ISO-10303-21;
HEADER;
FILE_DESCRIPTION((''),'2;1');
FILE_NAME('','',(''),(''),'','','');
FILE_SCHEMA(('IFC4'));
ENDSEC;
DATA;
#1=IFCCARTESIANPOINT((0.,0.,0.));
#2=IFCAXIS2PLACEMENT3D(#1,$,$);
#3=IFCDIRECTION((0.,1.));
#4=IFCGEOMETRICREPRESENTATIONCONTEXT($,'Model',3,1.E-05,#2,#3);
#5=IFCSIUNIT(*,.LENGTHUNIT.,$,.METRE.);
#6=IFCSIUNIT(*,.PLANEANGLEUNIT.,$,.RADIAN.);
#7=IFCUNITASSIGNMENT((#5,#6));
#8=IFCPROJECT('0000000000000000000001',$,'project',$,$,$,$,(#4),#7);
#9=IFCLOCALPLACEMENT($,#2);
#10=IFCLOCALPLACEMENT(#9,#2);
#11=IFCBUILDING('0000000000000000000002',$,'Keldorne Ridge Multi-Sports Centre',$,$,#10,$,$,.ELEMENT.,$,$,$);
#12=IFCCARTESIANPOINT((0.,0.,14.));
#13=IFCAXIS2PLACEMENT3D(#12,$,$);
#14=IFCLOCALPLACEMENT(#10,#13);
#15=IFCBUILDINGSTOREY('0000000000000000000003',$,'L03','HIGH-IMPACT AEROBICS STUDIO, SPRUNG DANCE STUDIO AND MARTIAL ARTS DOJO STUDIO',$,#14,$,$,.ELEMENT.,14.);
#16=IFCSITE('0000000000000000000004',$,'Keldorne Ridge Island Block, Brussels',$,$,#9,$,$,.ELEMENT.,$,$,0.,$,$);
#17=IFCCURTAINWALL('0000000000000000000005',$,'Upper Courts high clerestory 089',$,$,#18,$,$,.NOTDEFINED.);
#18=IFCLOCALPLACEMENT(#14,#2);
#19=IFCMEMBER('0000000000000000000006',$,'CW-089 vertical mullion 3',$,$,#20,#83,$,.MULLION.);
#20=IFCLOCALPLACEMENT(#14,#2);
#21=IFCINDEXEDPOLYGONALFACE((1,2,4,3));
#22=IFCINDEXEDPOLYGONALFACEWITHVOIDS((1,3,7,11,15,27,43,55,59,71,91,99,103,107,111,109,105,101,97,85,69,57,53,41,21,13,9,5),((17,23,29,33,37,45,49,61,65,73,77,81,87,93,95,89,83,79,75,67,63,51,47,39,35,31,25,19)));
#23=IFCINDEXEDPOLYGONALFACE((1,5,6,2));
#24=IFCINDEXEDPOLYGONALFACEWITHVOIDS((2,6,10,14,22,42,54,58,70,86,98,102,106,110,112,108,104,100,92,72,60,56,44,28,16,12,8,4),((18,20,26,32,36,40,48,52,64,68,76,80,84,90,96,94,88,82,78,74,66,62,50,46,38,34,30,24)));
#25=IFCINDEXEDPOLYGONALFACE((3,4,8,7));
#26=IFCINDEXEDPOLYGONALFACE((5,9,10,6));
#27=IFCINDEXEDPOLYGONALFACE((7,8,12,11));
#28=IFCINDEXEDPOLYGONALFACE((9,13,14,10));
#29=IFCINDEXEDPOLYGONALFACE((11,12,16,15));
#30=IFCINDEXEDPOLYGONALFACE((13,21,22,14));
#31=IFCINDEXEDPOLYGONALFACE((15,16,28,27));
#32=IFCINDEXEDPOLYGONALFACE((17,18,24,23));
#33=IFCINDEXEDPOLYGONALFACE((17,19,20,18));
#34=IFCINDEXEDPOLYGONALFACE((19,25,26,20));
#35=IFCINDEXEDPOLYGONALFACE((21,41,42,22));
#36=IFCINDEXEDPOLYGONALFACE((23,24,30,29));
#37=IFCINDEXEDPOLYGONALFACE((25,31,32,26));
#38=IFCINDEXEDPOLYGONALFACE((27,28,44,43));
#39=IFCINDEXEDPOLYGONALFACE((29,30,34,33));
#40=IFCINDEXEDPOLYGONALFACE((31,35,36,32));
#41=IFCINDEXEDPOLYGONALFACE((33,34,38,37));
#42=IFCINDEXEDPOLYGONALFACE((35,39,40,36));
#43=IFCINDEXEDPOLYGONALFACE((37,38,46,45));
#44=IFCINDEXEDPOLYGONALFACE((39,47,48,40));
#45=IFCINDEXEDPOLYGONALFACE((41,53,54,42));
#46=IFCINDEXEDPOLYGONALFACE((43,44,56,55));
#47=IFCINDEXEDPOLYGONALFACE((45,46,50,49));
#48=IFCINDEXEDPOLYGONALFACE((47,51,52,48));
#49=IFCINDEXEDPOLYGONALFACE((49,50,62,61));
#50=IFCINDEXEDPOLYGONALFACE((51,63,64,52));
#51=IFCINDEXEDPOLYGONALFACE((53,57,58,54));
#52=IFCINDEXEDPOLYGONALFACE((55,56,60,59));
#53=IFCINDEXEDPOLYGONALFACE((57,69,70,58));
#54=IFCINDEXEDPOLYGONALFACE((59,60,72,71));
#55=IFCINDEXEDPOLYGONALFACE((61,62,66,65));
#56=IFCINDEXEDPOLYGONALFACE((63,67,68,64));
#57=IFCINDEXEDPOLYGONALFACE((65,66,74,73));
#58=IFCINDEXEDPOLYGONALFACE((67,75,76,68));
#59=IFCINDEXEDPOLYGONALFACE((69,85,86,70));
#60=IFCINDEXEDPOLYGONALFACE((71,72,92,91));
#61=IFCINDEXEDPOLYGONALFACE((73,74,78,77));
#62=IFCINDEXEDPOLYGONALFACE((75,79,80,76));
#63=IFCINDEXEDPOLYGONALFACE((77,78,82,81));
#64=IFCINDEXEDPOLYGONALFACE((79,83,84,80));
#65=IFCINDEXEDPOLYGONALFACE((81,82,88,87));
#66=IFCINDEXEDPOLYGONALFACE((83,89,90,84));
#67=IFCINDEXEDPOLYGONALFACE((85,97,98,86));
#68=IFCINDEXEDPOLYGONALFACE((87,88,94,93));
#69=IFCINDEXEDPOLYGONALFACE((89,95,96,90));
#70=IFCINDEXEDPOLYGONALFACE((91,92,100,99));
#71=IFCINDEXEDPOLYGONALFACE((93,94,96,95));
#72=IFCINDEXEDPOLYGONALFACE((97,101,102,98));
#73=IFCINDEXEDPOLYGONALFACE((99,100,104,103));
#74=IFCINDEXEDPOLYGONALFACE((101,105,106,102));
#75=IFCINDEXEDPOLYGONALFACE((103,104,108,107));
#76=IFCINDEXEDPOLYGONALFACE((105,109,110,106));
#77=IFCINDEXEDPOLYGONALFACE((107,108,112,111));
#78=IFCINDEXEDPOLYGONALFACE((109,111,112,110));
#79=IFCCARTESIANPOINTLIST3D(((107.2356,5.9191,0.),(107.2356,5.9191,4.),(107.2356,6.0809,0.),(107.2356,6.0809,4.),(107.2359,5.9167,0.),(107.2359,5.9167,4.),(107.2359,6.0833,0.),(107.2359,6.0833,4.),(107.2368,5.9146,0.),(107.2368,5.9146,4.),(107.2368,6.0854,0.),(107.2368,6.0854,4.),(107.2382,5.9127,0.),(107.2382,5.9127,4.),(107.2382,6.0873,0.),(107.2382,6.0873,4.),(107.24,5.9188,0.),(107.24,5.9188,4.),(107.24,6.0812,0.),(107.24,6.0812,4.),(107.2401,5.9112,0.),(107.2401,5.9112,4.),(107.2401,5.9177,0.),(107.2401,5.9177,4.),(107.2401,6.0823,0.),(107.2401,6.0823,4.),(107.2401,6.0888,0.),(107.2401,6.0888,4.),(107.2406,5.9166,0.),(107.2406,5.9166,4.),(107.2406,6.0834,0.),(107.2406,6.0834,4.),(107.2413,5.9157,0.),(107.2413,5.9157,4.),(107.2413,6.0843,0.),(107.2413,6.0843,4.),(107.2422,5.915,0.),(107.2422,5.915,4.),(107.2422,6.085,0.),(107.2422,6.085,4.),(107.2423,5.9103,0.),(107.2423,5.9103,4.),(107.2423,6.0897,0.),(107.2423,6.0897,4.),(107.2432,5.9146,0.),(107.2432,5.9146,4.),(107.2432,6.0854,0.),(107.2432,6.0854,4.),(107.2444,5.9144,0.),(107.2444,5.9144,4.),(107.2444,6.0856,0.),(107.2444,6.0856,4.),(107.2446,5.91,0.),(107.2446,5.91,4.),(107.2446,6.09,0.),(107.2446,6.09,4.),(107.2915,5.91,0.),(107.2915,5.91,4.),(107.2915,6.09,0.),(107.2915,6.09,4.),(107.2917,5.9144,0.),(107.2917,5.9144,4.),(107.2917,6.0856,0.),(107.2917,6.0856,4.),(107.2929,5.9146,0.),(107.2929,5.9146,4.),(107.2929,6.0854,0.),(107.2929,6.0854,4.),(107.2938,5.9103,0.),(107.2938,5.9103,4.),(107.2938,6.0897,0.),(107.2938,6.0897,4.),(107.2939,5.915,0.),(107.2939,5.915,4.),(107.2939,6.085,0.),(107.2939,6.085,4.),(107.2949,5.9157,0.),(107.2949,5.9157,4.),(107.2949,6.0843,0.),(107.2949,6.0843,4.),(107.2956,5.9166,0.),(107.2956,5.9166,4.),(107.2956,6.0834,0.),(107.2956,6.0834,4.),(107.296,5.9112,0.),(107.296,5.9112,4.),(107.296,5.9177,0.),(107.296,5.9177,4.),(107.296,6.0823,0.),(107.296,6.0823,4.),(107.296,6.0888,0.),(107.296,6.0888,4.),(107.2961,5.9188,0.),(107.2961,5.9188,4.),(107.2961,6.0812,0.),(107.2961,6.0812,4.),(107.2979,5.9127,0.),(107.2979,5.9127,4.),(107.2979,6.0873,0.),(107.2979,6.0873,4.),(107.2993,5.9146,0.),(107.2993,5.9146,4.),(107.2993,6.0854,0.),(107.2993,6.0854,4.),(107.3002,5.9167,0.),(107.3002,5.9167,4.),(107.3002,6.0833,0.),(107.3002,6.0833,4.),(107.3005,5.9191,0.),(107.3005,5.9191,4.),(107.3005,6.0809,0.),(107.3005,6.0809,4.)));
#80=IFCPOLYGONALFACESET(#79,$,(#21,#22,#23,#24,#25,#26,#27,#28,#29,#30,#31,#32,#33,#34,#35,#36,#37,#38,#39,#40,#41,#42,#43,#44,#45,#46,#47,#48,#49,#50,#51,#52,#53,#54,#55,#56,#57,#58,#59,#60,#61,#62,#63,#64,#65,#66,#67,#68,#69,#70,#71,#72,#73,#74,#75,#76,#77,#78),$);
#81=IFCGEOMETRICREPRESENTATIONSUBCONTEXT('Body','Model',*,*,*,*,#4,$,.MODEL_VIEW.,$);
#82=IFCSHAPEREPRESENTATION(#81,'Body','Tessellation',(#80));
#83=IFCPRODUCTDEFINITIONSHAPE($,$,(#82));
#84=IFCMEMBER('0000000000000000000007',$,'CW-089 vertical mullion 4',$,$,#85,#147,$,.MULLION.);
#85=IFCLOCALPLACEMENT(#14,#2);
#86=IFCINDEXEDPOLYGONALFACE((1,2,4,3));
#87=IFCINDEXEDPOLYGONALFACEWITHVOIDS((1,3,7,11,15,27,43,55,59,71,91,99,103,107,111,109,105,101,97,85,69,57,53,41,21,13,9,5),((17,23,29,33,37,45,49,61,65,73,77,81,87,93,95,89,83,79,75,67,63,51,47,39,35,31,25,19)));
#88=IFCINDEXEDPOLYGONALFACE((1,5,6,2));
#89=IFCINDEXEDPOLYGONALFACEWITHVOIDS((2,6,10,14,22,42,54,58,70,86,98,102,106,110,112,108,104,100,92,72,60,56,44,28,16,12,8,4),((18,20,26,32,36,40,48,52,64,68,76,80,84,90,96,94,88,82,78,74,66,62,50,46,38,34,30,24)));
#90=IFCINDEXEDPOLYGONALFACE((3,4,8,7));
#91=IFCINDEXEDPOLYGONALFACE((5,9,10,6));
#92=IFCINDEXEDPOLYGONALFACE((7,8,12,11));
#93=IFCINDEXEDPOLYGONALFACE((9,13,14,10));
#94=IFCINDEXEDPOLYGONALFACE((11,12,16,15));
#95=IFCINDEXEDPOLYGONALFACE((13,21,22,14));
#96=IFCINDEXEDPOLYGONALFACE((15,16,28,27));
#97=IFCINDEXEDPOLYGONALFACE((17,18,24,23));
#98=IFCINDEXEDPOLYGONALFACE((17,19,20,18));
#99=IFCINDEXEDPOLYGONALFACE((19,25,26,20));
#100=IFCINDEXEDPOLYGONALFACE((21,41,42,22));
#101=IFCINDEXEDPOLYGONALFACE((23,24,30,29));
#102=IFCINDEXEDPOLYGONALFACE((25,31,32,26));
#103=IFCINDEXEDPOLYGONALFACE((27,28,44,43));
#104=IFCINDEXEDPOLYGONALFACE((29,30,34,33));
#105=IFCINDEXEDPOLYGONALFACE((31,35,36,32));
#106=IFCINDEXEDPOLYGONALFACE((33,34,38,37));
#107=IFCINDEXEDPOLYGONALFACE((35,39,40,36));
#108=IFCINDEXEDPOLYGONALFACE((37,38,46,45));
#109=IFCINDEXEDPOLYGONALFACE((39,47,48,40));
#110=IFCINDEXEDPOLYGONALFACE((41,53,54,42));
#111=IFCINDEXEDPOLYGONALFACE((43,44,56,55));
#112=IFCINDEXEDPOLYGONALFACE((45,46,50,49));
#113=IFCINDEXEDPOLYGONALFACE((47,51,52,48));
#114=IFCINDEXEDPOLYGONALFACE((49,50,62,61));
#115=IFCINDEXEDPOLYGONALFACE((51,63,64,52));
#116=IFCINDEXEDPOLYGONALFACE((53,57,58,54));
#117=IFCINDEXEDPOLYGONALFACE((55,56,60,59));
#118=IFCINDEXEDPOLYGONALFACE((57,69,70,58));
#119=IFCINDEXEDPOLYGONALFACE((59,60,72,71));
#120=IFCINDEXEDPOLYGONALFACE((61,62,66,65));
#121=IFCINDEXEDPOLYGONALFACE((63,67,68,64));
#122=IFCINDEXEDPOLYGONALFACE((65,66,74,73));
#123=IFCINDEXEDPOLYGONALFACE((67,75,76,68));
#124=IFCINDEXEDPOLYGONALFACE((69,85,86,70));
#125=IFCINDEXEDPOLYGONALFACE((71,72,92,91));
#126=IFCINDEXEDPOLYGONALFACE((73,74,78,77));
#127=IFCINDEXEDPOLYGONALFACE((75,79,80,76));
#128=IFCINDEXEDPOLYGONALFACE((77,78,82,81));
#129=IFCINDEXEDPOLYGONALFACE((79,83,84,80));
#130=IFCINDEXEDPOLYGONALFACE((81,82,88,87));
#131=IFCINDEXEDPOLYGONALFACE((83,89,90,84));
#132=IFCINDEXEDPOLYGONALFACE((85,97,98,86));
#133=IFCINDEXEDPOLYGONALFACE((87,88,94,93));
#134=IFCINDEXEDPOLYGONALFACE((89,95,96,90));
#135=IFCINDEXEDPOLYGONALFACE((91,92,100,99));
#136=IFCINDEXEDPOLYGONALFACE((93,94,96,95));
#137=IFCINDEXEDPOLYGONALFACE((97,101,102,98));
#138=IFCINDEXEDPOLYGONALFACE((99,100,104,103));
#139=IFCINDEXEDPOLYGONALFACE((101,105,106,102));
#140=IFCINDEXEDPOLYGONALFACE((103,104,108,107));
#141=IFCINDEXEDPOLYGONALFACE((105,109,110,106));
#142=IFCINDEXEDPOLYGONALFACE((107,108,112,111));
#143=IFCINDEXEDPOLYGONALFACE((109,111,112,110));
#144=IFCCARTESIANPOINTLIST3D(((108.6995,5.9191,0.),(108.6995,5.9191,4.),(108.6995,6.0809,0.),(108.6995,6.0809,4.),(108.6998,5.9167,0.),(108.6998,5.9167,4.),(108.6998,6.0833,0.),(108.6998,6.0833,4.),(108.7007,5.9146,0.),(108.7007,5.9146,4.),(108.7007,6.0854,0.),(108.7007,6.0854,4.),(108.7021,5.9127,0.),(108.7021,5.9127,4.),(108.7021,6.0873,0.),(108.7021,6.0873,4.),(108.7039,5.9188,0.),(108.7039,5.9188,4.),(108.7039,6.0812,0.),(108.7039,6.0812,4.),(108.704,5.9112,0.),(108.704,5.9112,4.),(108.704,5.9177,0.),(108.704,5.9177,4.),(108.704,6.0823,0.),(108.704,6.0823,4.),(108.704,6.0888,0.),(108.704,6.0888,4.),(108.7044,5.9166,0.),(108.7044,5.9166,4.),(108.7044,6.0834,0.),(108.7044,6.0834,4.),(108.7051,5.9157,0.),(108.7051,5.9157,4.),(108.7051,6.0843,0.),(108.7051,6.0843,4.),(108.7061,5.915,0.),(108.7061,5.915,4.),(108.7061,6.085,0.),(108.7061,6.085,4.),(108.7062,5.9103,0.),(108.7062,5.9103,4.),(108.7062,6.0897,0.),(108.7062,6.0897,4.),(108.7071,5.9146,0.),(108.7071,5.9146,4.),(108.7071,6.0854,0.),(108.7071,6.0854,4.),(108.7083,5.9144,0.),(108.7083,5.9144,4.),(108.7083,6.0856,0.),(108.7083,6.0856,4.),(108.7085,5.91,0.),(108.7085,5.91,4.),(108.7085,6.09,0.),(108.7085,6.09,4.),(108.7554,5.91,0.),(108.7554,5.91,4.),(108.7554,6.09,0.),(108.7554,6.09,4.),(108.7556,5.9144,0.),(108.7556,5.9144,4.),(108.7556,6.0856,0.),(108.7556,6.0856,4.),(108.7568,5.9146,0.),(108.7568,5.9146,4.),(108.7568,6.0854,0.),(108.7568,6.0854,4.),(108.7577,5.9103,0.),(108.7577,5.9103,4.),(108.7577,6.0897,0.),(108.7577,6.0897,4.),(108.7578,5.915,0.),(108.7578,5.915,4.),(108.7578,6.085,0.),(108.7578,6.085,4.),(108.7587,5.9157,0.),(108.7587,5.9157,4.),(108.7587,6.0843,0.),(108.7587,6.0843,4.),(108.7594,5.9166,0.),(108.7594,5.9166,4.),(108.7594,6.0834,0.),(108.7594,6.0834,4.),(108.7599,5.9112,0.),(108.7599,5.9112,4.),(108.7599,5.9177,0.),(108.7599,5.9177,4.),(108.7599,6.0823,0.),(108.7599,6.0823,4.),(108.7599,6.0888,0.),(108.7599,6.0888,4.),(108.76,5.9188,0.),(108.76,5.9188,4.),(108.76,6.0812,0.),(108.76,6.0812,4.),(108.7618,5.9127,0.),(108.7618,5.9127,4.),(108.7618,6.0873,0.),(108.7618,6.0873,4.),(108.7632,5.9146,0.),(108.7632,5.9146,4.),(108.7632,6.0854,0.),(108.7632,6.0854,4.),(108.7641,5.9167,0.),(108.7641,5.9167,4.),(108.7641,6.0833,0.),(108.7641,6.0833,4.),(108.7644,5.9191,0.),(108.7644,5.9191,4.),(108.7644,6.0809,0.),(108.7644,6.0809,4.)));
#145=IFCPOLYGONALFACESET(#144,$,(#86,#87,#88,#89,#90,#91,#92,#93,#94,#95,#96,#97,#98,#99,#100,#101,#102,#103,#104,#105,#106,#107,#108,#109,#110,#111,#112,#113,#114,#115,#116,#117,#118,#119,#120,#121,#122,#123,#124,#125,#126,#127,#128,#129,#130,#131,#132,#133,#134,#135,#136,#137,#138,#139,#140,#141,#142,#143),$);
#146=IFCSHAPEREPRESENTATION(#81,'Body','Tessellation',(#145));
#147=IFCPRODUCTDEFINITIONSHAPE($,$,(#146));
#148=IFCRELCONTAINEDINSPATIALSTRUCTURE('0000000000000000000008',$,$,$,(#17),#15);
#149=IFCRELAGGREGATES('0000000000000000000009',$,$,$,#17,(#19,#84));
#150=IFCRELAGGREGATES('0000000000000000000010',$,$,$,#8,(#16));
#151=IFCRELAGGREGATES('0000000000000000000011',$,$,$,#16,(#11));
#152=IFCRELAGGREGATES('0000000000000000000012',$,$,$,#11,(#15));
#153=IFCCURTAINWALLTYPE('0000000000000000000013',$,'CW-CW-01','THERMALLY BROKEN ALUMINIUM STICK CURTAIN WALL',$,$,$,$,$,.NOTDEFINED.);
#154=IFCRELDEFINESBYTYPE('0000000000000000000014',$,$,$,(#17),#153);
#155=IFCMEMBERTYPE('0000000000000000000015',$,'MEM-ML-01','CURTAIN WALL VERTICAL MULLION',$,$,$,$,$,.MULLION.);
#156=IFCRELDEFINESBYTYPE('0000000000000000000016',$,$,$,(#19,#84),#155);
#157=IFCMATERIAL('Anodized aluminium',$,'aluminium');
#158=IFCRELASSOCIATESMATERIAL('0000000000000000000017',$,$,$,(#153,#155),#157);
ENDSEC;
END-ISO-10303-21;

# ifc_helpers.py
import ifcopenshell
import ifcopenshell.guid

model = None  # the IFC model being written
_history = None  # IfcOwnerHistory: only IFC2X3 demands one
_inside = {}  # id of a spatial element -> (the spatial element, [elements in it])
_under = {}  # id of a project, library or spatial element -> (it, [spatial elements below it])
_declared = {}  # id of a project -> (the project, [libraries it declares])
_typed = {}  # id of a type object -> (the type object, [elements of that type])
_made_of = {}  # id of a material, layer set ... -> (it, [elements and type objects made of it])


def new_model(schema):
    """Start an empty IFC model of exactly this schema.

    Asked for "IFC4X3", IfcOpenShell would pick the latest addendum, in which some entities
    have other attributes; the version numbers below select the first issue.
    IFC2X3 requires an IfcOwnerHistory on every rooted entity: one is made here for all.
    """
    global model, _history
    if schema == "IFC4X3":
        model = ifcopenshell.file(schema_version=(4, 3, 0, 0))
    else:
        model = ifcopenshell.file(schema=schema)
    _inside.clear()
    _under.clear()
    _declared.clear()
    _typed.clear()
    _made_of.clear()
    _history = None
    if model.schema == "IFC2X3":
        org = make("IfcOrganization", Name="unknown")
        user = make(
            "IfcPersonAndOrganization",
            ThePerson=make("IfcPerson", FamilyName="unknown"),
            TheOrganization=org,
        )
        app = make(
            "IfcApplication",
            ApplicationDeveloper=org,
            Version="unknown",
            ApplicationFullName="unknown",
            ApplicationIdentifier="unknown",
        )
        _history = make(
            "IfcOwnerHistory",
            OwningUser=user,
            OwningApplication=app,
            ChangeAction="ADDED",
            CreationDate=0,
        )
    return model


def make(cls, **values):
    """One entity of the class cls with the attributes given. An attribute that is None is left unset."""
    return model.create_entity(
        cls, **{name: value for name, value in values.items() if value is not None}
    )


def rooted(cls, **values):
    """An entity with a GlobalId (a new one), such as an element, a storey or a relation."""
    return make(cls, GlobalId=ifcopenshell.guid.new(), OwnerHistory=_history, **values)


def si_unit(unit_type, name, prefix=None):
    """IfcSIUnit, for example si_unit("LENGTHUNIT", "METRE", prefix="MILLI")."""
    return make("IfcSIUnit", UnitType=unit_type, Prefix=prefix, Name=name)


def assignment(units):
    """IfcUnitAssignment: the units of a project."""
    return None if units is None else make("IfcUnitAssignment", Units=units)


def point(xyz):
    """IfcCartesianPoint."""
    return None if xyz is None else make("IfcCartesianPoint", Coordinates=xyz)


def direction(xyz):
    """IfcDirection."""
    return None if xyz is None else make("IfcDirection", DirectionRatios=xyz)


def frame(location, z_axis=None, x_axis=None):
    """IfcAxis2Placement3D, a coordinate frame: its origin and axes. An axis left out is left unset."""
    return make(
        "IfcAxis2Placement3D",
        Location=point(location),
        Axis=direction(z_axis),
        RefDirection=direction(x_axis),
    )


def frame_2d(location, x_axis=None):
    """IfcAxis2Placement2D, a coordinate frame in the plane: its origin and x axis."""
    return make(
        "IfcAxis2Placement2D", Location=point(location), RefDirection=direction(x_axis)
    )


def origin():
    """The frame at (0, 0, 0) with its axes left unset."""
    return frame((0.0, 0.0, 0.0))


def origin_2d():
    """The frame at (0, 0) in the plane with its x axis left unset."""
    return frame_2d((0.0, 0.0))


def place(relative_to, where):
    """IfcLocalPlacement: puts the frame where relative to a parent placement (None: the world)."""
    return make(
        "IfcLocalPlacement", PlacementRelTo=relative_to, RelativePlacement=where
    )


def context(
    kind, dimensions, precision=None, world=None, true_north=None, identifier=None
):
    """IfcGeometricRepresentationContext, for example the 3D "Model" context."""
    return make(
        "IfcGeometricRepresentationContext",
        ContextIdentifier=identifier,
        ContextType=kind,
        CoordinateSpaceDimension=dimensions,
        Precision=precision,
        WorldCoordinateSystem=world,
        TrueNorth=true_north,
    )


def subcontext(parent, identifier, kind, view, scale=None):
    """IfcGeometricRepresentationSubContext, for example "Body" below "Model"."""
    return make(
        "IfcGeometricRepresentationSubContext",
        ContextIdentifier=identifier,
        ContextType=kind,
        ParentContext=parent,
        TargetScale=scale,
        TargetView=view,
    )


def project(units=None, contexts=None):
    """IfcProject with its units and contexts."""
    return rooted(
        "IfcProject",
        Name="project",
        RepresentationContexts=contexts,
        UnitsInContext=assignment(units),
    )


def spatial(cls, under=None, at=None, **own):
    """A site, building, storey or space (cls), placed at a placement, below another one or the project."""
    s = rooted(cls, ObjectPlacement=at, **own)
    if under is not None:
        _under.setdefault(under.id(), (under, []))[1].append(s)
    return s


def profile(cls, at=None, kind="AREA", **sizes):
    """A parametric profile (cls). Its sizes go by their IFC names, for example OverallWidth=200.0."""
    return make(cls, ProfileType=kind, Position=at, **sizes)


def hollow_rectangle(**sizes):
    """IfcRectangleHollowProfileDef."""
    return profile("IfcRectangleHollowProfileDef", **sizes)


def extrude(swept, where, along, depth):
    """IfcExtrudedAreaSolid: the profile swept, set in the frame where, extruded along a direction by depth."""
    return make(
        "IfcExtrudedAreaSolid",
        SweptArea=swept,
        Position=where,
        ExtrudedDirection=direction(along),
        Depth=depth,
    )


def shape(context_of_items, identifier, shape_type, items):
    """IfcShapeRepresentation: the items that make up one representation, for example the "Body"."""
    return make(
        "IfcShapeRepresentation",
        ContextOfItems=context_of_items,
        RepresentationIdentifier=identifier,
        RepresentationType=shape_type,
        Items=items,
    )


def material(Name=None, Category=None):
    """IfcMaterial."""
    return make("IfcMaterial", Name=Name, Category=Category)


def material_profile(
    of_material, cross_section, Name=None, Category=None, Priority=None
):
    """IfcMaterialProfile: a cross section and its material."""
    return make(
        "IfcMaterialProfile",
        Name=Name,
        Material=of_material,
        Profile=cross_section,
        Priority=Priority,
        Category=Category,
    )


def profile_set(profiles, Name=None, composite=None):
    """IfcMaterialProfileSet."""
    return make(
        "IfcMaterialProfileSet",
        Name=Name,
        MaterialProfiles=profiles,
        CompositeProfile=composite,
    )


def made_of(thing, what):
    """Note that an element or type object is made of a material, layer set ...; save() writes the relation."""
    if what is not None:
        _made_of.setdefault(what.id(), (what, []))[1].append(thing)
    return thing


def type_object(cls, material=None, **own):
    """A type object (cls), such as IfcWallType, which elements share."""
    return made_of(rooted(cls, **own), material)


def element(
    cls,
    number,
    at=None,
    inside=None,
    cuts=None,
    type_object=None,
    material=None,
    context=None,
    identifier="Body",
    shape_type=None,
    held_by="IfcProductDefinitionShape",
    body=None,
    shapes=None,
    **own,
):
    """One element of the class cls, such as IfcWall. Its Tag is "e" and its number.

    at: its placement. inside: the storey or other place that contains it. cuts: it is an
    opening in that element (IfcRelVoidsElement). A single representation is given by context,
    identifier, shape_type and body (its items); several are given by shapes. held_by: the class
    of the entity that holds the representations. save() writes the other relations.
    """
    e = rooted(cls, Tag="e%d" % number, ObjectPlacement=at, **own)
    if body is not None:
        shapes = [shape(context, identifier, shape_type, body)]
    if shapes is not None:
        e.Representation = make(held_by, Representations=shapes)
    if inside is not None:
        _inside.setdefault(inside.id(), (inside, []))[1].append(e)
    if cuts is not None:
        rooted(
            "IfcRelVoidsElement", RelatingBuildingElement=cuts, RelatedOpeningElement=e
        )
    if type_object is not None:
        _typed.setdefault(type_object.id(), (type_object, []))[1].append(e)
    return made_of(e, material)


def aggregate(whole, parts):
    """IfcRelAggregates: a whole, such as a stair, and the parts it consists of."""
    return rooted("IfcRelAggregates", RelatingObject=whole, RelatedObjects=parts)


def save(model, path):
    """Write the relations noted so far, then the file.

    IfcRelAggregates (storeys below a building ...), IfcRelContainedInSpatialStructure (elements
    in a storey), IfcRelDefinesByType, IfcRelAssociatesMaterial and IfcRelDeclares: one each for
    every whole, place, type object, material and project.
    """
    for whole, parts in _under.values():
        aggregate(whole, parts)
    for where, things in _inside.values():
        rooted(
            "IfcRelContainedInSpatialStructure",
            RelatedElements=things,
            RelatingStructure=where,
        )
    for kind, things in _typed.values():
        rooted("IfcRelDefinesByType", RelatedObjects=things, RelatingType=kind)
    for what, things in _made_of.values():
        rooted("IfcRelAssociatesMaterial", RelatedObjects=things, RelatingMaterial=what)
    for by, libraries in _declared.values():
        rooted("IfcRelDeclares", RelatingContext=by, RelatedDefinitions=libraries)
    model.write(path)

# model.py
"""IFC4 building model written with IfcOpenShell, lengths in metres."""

from ifc_helpers import new_model, si_unit, direction, frame, origin, origin_2d, place, context, subcontext, project, spatial, hollow_rectangle, extrude, material, material_profile, profile_set, type_object, element, aggregate, save


model = new_model("IFC4")

# Units and contexts
model_context = context("Model", 3, precision=1e-05, world=origin(), true_north=direction((0.0, 1.0)))
body_context = subcontext(model_context, "Body", "Model", "MODEL_VIEW")
ifc_project = project(units=[si_unit("LENGTHUNIT", "METRE"), si_unit("PLANEANGLEUNIT", "RADIAN")], contexts=[model_context])

# Site, building, storey
site_placement = place(None, origin())
site = spatial("IfcSite", under=ifc_project, at=site_placement, Name="Keldorne Ridge Island Block, Brussels", CompositionType="ELEMENT", RefElevation=0.0)
building_placement = place(site_placement, origin())
building = spatial("IfcBuilding", under=site, at=building_placement, Name="Keldorne Ridge Multi-Sports Centre", CompositionType="ELEMENT")
storey_placement = place(building_placement, frame((0.0, 0.0, 14.0)))
storey = spatial("IfcBuildingStorey", under=building, at=storey_placement, Name="L03", Description="HIGH-IMPACT AEROBICS STUDIO, SPRUNG DANCE STUDIO AND MARTIAL ARTS DOJO STUDIO", CompositionType="ELEMENT", Elevation=14.0)

# Curtain wall, members
ifc_material_1 = material(Name="Anodized aluminium", Category="aluminium")
curtain_wall_type = type_object("IfcCurtainWallType", Name="CW-CW-01", Description="THERMALLY BROKEN ALUMINIUM STICK CURTAIN WALL", PredefinedType="NOTDEFINED", material=ifc_material_1)
curtain_wall_placement = place(storey_placement, origin())
curtain_wall = element("IfcCurtainWall", 1, at=curtain_wall_placement, inside=storey, type_object=curtain_wall_type, Name="Upper Courts high clerestory 089", PredefinedType="NOTDEFINED")
ifc_material_profile_1 = material_profile(ifc_material_1, hollow_rectangle(XDim=0.0649, YDim=0.1799, WallThickness=0.0044, InnerFilletRadius=0.0044, OuterFilletRadius=0.009, at=origin_2d()), Name="ALU MULLION 180x65x4.5")
ifc_profile_set_1 = profile_set([ifc_material_profile_1], Name="Anodized aluminium")
member_type_1 = type_object("IfcMemberType", Name="MEM-ML-01", Description="CURTAIN WALL VERTICAL MULLION", PredefinedType="MULLION", material=ifc_profile_set_1)
member_1_placement = place(storey_placement, frame((107.2681, 6.0, 0.0), z_axis=(0.0, 0.0, 1.0), x_axis=(1.0, 0.0, 0.0)))
member_1 = element("IfcMember", 2, at=member_1_placement, type_object=member_type_1, Name="CW-089 vertical mullion 3", PredefinedType="MULLION", context=body_context, shape_type="SweptSolid", body=[
    extrude(hollow_rectangle(XDim=0.0649, YDim=0.1799, WallThickness=0.0044, InnerFilletRadius=0.0044, OuterFilletRadius=0.009, at=origin_2d()), origin(), (0.0, 0.0, 1.0), 4.0),
])
member_2_placement = place(storey_placement, frame((108.7319, 6.0, 0.0), z_axis=(0.0, 0.0, 1.0), x_axis=(1.0, 0.0, 0.0)))
member_2 = element("IfcMember", 3, at=member_2_placement, type_object=member_type_1, Name="CW-089 vertical mullion 4", PredefinedType="MULLION", context=body_context, shape_type="SweptSolid", body=[
    extrude(hollow_rectangle(XDim=0.0649, YDim=0.1799, WallThickness=0.0044, InnerFilletRadius=0.0044, OuterFilletRadius=0.009, at=origin_2d()), origin(), (0.0, 0.0, 1.0), 4.0),
])
aggregate(curtain_wall, [member_1, member_2])

save(model, "model.ifc")
